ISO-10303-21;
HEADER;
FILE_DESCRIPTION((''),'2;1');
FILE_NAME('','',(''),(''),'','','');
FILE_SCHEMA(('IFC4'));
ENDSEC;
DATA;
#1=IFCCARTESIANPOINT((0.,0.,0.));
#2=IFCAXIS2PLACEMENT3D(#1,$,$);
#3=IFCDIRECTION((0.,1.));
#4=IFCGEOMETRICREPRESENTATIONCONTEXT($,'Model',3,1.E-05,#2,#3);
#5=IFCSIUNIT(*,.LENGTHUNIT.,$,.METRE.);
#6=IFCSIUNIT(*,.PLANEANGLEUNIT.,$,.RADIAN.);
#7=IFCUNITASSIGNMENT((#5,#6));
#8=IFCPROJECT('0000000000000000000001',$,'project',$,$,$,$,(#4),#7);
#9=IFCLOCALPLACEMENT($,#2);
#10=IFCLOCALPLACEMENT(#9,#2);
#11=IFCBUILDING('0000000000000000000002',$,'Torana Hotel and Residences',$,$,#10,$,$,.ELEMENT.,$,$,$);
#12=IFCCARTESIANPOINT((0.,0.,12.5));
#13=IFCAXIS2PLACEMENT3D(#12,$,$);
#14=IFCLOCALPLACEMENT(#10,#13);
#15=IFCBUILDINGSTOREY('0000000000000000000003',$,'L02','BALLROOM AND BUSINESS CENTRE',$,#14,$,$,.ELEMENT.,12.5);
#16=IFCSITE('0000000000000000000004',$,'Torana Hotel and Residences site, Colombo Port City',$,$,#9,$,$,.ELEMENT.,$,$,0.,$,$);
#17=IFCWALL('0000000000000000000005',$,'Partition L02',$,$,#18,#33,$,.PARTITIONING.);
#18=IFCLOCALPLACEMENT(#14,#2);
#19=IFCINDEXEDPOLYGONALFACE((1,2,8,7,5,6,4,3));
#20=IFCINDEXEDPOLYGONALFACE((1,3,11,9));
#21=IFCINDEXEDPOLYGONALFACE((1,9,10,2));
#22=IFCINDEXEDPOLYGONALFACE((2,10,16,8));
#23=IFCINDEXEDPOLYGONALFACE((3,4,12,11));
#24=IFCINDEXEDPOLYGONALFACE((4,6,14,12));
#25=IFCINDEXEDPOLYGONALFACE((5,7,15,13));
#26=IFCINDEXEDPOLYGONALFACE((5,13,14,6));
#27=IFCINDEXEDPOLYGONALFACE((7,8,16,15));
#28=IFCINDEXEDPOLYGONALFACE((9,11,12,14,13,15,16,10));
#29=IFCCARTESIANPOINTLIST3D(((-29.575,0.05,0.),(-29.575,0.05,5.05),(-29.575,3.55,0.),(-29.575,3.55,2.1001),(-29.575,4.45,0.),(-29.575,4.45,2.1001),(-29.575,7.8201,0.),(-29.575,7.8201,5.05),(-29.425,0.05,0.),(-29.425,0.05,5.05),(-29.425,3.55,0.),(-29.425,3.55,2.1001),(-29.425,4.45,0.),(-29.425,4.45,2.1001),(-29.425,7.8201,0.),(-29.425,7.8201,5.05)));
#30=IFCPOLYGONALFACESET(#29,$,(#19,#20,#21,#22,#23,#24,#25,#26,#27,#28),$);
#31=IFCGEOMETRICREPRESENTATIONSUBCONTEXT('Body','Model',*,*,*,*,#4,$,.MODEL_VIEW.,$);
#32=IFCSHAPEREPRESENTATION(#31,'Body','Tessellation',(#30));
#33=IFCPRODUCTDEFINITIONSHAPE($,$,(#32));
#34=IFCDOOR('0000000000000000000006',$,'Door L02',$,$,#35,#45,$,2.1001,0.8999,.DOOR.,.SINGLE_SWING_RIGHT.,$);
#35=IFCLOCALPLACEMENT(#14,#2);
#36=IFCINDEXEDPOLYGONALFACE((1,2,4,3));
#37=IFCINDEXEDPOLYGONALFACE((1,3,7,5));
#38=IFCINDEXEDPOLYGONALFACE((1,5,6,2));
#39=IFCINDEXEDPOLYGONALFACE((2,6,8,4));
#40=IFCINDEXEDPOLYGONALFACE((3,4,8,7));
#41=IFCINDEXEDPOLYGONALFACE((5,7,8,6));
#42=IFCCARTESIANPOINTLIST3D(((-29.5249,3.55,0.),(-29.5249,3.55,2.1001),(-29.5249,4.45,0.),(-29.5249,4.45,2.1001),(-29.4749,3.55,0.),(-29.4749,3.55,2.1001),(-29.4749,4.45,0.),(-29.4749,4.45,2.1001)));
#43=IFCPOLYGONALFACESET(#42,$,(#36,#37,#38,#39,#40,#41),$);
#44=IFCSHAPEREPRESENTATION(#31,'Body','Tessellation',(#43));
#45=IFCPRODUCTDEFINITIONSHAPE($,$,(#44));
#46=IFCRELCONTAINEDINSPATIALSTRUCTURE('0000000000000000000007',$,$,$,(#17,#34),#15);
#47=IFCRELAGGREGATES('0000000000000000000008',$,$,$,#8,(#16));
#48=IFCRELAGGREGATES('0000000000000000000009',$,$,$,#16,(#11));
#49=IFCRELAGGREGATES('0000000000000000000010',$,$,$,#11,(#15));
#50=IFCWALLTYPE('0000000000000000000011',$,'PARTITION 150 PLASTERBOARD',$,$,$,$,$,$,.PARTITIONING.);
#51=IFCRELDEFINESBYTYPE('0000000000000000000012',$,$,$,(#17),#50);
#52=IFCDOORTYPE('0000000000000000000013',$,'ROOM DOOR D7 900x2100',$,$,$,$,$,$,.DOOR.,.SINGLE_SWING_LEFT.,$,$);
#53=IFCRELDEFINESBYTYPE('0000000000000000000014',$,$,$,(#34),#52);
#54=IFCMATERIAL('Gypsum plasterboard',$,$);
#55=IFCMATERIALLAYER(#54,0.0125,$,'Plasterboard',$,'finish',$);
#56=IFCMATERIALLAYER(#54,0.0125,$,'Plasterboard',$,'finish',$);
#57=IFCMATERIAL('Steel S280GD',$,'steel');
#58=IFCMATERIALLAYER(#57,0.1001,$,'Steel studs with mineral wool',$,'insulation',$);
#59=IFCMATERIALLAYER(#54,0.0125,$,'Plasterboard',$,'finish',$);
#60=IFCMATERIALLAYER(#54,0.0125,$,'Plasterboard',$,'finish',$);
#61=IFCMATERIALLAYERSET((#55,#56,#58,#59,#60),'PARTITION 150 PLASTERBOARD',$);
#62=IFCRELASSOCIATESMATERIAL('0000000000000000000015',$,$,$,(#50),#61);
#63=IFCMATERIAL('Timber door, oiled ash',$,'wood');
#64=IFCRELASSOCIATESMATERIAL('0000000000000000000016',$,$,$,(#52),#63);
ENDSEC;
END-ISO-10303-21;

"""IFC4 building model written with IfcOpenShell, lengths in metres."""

from ifc_helpers import new_model, si_unit, direction, frame, frame_2d, origin, place, context, subcontext, project, spatial, rectangle, extrude, material, layer, layer_set, type_object, element, fill, save


model = new_model("IFC4")

# Units and contexts
model_context = context("Model", 3, precision=1e-05, world=origin(), true_north=direction((0.0, 1.0)))
body_context = subcontext(model_context, "Body", "Model", "MODEL_VIEW")
ifc_project = project(units=[si_unit("LENGTHUNIT", "METRE"), si_unit("PLANEANGLEUNIT", "RADIAN")], contexts=[model_context])

# Site, building, storey
site_placement = place(None, origin())
site = spatial("IfcSite", under=ifc_project, at=site_placement, Name="Torana Hotel and Residences site, Colombo Port City", CompositionType="ELEMENT", RefElevation=0.0)
building_placement = place(site_placement, origin())
building = spatial("IfcBuilding", under=site, at=building_placement, Name="Torana Hotel and Residences", CompositionType="ELEMENT")
storey_placement = place(building_placement, frame((0.0, 0.0, 12.5)))
storey = spatial("IfcBuildingStorey", under=building, at=storey_placement, Name="L02", Description="BALLROOM AND BUSINESS CENTRE", CompositionType="ELEMENT", Elevation=12.5)

# Wall, opening, door
ifc_material_1 = material(Name="Gypsum plasterboard")
ifc_layer_1 = layer(ifc_material_1, 0.0125, Name="Plasterboard", Category="finish")
ifc_layer_2 = layer(ifc_material_1, 0.0125, Name="Plasterboard", Category="finish")
ifc_material_2 = material(Name="Steel S280GD", Category="steel")
ifc_layer_3 = layer(ifc_material_2, 0.1001, Name="Steel studs with mineral wool", Category="insulation")
ifc_layer_4 = layer(ifc_material_1, 0.0125, Name="Plasterboard", Category="finish")
ifc_layer_5 = layer(ifc_material_1, 0.0125, Name="Plasterboard", Category="finish")
ifc_layer_set_1 = layer_set([ifc_layer_1, ifc_layer_2, ifc_layer_3, ifc_layer_4, ifc_layer_5], Name="PARTITION 150 PLASTERBOARD")
wall_type_1 = type_object("IfcWallType", Name="PARTITION 150 PLASTERBOARD", PredefinedType="PARTITIONING", material=ifc_layer_set_1)
wall_1_placement = place(storey_placement, frame((-29.5, 0.05, 0.0), z_axis=(0.0, 0.0, 1.0), x_axis=(0.0, 1.0, 0.0)))
wall_1 = element("IfcWall", 1, at=wall_1_placement, inside=storey, type_object=wall_type_1, Name="Partition L02", PredefinedType="PARTITIONING", context=body_context, shape_type="SweptSolid", body=[
    extrude(rectangle(XDim=7.77, YDim=0.1499, at=frame_2d((3.885, 0.0))), origin(), (0.0, 0.0, 1.0), 5.05),
])
opening_placement = place(wall_1_placement, frame((3.5, 0.0, 0.0)))
opening = element("IfcOpeningElement", 2, at=opening_placement, cuts=wall_1, PredefinedType="OPENING", context=body_context, shape_type="SweptSolid", body=[
    extrude(rectangle(XDim=0.8999, YDim=2.1001, at=frame_2d((0.45, 1.05))), frame((0.0, 0.085, 0.0), z_axis=(0.0, -1.0, 0.0), x_axis=(1.0, 0.0, 0.0)), (0.0, 0.0, 1.0), 0.1699),
])
ifc_material_3 = material(Name="Timber door, oiled ash", Category="wood")
door_type = type_object("IfcDoorType", Name="ROOM DOOR D7 900x2100", OperationType="SINGLE_SWING_LEFT", PredefinedType="DOOR", material=ifc_material_3)
door_placement = place(opening_placement, origin())
door = element("IfcDoor", 3, at=door_placement, inside=storey, type_object=door_type, Name="Door L02", OperationType="SINGLE_SWING_RIGHT", OverallHeight=2.1001, OverallWidth=0.8999, PredefinedType="DOOR", context=body_context, shape_type="SweptSolid", body=[
    extrude(rectangle(XDim=0.8999, YDim=2.1001, at=frame_2d((0.45, 1.05))), frame((0.0, 0.0249, 0.0), z_axis=(0.0, -1.0, 0.0), x_axis=(1.0, 0.0, 0.0)), (0.0, 0.0, 1.0), 0.05),
])
fill(opening, door)

save(model, "model.ifc")
